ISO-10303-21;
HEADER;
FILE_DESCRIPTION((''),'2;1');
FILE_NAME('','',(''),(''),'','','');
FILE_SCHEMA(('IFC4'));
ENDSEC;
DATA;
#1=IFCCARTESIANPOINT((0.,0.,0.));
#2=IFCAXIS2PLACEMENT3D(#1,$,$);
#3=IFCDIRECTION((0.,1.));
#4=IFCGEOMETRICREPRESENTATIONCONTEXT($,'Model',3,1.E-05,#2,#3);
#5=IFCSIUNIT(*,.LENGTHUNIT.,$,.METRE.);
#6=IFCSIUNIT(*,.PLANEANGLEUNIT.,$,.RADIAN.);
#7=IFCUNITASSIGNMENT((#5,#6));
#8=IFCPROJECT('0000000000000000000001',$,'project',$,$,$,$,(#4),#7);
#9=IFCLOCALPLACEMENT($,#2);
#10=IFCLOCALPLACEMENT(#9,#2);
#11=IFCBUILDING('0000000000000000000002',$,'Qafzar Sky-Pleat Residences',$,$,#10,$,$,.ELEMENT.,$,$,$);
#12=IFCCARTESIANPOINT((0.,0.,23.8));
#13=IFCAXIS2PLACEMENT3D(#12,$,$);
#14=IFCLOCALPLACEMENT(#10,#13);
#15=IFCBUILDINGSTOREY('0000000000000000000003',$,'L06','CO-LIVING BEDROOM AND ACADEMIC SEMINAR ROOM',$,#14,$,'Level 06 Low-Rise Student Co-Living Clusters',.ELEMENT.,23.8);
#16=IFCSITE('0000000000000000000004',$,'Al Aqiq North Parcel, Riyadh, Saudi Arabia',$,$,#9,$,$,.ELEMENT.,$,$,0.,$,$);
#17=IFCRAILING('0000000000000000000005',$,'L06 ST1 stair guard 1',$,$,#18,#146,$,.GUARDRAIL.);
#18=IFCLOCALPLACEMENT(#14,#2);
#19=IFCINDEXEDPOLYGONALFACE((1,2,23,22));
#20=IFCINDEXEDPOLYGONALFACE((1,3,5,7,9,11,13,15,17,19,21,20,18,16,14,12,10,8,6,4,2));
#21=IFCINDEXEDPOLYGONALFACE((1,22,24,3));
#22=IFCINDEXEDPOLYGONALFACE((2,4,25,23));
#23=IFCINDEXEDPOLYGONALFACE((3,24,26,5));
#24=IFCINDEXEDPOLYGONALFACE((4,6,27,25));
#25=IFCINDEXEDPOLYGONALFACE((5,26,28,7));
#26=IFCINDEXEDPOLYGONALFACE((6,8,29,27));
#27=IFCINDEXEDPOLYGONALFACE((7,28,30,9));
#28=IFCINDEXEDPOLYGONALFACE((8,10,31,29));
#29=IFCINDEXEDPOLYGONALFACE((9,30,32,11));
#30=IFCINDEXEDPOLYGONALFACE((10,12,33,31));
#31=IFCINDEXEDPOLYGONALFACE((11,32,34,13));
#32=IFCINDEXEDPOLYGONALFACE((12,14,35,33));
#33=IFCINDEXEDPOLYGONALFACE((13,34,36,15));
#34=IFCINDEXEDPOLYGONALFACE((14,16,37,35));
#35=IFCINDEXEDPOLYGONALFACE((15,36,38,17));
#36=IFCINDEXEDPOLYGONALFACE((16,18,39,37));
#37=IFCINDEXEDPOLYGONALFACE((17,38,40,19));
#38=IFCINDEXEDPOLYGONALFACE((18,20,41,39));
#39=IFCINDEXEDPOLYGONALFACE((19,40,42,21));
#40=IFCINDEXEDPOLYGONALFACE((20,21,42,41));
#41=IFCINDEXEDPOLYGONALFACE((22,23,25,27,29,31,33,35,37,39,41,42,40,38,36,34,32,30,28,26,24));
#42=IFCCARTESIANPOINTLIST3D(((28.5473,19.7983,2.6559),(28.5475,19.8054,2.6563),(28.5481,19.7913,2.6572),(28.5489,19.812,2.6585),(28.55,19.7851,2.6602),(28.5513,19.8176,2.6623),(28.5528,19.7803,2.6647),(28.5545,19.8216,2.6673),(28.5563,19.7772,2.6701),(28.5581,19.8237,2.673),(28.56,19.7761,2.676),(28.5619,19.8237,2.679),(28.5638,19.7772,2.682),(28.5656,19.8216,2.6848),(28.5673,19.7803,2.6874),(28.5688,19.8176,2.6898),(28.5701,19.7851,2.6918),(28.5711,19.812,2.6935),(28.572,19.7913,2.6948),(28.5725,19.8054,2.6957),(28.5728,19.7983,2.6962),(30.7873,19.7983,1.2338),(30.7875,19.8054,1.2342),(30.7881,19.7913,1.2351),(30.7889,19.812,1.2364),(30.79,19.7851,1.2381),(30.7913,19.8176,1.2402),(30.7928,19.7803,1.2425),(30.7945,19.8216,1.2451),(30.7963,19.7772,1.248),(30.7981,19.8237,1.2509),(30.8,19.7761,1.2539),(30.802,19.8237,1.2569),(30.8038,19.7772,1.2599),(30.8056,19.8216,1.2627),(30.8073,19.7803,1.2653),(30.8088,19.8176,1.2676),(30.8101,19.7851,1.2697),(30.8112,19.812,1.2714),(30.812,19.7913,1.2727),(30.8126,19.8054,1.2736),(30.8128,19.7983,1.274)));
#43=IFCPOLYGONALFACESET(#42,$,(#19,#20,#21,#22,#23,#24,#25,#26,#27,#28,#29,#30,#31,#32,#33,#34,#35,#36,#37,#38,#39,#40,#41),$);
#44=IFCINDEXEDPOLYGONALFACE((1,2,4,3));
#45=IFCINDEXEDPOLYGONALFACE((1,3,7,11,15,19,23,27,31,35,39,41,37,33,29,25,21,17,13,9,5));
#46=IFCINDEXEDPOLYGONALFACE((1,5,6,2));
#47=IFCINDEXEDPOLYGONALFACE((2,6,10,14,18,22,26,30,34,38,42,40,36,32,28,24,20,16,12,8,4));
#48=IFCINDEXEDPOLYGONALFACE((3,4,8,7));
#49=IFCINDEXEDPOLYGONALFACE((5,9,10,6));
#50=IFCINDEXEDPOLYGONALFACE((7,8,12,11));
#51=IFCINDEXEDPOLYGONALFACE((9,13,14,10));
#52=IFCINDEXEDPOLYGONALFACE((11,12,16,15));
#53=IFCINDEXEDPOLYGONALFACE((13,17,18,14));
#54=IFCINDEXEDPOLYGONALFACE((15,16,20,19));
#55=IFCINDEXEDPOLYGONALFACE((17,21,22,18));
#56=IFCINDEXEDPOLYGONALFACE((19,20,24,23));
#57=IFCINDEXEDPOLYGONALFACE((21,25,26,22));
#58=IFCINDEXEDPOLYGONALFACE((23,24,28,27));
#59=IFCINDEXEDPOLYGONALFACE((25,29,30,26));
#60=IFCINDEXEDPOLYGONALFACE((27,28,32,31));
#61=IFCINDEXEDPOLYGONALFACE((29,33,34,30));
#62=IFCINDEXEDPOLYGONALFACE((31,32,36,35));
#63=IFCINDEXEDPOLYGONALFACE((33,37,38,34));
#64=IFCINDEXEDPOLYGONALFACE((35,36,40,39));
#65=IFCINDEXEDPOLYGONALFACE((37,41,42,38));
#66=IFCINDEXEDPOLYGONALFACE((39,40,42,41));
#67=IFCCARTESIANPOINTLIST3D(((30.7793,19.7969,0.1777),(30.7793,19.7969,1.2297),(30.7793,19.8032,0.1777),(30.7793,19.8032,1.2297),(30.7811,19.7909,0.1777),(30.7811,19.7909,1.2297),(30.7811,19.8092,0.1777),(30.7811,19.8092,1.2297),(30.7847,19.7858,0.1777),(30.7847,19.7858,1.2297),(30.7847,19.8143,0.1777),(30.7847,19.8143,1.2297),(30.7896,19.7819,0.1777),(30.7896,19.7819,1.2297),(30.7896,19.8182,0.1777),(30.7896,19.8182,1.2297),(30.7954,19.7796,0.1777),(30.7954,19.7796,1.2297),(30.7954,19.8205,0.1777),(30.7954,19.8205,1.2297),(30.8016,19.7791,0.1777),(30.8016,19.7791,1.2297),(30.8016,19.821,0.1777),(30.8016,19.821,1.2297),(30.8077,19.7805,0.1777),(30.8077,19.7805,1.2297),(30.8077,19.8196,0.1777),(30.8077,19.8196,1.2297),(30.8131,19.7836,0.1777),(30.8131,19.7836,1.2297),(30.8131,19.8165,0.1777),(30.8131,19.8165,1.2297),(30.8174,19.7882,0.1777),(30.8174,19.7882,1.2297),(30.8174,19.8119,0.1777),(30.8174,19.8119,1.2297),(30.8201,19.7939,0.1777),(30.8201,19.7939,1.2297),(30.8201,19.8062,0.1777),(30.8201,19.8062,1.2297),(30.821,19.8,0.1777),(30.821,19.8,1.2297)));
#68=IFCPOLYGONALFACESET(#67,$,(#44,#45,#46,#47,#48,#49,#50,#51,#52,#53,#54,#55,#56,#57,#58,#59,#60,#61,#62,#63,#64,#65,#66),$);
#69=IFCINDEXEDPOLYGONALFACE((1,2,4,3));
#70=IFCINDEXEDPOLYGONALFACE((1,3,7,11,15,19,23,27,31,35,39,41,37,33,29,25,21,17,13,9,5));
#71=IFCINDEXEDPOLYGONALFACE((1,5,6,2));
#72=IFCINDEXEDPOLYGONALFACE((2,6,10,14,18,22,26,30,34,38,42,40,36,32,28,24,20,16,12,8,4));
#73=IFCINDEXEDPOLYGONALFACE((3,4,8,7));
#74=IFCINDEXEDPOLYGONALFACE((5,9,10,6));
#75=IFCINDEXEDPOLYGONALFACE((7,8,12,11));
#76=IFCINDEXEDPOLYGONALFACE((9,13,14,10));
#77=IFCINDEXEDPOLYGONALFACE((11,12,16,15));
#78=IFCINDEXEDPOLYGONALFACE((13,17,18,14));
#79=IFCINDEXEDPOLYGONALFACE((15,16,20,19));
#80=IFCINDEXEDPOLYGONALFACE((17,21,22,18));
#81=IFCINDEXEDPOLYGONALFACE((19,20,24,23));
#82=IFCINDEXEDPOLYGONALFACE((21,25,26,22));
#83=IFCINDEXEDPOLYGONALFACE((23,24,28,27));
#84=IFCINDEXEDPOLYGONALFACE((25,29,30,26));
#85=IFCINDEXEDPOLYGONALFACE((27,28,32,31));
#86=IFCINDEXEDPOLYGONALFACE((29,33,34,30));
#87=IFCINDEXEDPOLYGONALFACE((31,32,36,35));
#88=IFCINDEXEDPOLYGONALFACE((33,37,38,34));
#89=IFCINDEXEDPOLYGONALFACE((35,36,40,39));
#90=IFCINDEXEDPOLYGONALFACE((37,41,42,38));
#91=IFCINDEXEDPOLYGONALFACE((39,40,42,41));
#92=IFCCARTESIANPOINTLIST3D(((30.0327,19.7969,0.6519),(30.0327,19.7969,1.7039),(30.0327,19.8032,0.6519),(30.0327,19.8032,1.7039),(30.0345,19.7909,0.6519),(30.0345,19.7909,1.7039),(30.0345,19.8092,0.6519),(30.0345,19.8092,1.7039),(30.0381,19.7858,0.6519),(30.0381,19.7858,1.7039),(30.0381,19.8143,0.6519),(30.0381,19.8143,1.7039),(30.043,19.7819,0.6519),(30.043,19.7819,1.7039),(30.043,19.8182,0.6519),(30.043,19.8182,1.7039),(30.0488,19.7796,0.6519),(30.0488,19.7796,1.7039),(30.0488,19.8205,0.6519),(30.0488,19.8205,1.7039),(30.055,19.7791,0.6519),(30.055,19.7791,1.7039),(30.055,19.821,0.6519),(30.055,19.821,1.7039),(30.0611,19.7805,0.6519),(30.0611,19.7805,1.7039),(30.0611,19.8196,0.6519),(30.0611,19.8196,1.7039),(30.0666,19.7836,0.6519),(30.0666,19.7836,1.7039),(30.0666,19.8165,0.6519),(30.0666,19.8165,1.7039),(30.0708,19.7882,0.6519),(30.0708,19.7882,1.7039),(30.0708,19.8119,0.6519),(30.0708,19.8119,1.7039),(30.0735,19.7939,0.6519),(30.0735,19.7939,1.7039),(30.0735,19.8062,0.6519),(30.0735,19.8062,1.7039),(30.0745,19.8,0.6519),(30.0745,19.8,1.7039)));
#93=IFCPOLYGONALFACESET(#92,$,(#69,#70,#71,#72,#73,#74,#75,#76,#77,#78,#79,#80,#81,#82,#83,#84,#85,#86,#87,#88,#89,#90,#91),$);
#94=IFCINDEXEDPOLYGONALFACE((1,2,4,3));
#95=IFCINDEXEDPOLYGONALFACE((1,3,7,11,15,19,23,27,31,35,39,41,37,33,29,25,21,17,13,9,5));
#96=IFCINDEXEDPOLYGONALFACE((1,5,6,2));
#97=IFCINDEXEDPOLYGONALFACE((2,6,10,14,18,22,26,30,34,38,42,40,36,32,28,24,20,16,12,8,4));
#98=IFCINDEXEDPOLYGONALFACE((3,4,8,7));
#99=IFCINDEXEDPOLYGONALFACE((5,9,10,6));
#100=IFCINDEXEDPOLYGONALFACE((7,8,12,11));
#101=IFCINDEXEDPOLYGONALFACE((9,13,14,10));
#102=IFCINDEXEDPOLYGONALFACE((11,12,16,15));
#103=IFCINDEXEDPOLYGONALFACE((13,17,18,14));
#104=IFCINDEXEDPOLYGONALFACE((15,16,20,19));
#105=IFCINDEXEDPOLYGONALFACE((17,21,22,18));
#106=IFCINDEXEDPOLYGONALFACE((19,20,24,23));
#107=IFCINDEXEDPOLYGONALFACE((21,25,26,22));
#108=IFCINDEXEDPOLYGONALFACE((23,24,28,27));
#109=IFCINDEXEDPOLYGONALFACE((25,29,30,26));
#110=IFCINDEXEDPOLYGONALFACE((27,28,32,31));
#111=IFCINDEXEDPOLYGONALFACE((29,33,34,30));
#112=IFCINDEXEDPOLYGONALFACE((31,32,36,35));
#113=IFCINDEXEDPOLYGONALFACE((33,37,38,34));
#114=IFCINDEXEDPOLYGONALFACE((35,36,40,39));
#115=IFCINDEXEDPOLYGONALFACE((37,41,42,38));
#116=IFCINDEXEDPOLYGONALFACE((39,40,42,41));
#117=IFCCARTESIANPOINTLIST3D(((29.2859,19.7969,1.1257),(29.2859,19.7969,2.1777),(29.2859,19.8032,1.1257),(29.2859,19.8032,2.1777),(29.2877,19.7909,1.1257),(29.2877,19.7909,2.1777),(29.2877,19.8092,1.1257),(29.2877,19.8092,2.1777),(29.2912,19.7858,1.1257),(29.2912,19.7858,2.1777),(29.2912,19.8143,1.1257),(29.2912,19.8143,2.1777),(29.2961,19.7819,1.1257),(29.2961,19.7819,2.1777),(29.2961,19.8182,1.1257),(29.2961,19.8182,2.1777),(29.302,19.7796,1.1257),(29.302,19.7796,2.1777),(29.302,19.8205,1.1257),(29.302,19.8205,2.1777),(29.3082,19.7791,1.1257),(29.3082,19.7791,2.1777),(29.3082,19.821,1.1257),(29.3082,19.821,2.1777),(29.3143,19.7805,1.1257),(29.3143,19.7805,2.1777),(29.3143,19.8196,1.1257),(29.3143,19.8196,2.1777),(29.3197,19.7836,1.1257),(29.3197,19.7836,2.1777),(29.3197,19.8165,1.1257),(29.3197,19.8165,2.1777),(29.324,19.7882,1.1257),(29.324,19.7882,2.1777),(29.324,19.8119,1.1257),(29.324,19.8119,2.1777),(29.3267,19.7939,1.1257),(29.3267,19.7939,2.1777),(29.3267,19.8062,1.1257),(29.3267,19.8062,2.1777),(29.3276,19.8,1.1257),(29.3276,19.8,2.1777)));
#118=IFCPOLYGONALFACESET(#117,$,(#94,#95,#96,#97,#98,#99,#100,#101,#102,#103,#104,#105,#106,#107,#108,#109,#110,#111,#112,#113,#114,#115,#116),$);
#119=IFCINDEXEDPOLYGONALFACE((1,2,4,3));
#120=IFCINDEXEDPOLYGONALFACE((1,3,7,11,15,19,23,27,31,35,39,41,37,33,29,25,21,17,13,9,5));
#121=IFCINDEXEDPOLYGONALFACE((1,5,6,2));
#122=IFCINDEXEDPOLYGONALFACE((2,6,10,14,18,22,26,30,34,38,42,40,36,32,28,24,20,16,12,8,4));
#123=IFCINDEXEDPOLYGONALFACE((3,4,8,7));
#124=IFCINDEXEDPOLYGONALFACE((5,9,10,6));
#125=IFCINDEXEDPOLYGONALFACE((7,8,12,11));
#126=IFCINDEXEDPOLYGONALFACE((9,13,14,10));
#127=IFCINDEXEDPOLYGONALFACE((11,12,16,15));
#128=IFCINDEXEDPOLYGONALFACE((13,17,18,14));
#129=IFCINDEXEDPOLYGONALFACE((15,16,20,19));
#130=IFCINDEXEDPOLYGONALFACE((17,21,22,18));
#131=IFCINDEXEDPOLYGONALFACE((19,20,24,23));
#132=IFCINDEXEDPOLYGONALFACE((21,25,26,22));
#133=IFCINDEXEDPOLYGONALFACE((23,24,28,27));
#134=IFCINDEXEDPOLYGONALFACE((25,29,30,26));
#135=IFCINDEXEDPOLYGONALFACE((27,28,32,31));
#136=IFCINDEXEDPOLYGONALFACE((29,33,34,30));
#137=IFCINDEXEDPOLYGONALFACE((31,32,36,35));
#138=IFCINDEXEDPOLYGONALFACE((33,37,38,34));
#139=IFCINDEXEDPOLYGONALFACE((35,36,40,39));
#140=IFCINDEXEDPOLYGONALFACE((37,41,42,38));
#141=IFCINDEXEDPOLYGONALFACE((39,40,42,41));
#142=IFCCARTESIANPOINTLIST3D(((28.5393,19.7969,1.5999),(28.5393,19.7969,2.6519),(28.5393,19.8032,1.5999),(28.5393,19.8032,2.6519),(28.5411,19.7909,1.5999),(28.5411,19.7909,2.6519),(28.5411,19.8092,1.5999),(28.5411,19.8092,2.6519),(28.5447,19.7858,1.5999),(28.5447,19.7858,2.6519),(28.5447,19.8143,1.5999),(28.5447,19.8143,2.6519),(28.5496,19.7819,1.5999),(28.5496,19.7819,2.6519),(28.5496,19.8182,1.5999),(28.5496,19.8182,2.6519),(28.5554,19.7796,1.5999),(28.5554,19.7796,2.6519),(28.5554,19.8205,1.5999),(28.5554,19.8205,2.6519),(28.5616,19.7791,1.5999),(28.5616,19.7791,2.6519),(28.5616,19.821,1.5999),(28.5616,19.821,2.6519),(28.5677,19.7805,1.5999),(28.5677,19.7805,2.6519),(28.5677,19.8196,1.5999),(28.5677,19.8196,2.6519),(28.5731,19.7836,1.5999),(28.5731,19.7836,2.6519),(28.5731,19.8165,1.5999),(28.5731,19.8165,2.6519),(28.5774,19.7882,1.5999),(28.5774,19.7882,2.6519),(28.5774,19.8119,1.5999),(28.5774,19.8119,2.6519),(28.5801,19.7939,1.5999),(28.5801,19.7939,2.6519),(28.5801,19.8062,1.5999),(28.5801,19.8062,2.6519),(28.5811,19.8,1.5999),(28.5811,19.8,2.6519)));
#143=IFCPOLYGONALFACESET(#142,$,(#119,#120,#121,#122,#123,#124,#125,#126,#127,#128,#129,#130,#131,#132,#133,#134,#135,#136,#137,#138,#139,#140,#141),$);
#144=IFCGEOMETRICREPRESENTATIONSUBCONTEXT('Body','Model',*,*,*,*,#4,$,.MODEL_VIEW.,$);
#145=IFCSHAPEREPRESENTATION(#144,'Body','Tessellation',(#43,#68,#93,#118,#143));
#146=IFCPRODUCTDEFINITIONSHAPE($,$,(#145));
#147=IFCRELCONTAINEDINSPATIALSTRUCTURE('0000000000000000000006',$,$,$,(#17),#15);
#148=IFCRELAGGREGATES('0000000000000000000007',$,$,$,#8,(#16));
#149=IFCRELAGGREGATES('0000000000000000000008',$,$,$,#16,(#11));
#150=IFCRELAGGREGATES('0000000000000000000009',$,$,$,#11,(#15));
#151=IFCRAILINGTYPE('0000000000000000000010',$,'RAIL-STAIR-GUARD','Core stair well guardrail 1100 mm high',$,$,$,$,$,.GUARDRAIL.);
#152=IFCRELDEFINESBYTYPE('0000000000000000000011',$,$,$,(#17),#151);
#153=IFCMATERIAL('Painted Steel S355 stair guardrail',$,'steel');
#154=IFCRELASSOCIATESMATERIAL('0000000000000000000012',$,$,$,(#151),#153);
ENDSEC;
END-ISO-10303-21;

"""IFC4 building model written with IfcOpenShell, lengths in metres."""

from ifc_helpers import new_model, si_unit, direction, frame, origin, origin_2d, place, context, subcontext, project, spatial, circle, extrude, source, transform, mapped, material, type_object, element, save


model = new_model("IFC4")

# Units and contexts
model_context = context("Model", 3, precision=1e-05, world=origin(), true_north=direction((0.0, 1.0)))
body_context = subcontext(model_context, "Body", "Model", "MODEL_VIEW")
ifc_project = project(units=[si_unit("LENGTHUNIT", "METRE"), si_unit("PLANEANGLEUNIT", "RADIAN")], contexts=[model_context])

# Site, building, storey
site_placement = place(None, origin())
site = spatial("IfcSite", under=ifc_project, at=site_placement, Name="Al Aqiq North Parcel, Riyadh, Saudi Arabia", CompositionType="ELEMENT", RefElevation=0.0)
building_placement = place(site_placement, origin())
building = spatial("IfcBuilding", under=site, at=building_placement, Name="Qafzar Sky-Pleat Residences", CompositionType="ELEMENT")
storey_placement = place(building_placement, frame((0.0, 0.0, 23.8)))
storey = spatial("IfcBuildingStorey", under=building, at=storey_placement, Name="L06", Description="CO-LIVING BEDROOM AND ACADEMIC SEMINAR ROOM", LongName="Level 06 Low-Rise Student Co-Living Clusters", CompositionType="ELEMENT", Elevation=23.8)

# Railing
ifc_material_1 = material(Name="Painted Steel S355 stair guardrail", Category="steel")
railing_type_1 = type_object("IfcRailingType", Name="RAIL-STAIR-GUARD", Description="Core stair well guardrail 1100 mm high", PredefinedType="GUARDRAIL", material=ifc_material_1)
shared_shape_1 = source(origin(), body_context, "Body", "SweptSolid", [
    extrude(circle(Radius=0.0239, at=origin_2d()), frame((0.0, 0.0, 1.0762), z_axis=(-0.844229, 0.0, 0.535982), x_axis=(0.0, -1.0, 0.0)), (0.0, 0.0, 1.0), 2.6533),
    extrude(circle(Radius=0.021, at=origin_2d()), origin(), (0.0, 0.0, 1.0), 1.052),
    extrude(circle(Radius=0.021, at=origin_2d()), frame((-0.7466, 0.0, 0.4741)), (0.0, 0.0, 1.0), 1.052),
    extrude(circle(Radius=0.021, at=origin_2d()), frame((-1.4934, 0.0, 0.948)), (0.0, 0.0, 1.0), 1.052),
    extrude(circle(Radius=0.021, at=origin_2d()), frame((-2.24, 0.0, 1.4221)), (0.0, 0.0, 1.0), 1.052),
])
railing_1_placement = place(storey_placement, frame((30.8, 19.8, 0.1777)))
element("IfcRailing", 1, at=railing_1_placement, inside=storey, type_object=railing_type_1, Name="L06 ST1 stair guard 1", PredefinedType="GUARDRAIL", context=body_context, shape_type="MappedRepresentation", body=[
    mapped(shared_shape_1, transform((0.0, 0.0, 0.0), x_axis=(1.0, 0.0, 0.0), y_axis=(0.0, 1.0, 0.0), z_axis=(0.0, 0.0, 1.0), scale=1.0)),
])

save(model, "model.ifc")
